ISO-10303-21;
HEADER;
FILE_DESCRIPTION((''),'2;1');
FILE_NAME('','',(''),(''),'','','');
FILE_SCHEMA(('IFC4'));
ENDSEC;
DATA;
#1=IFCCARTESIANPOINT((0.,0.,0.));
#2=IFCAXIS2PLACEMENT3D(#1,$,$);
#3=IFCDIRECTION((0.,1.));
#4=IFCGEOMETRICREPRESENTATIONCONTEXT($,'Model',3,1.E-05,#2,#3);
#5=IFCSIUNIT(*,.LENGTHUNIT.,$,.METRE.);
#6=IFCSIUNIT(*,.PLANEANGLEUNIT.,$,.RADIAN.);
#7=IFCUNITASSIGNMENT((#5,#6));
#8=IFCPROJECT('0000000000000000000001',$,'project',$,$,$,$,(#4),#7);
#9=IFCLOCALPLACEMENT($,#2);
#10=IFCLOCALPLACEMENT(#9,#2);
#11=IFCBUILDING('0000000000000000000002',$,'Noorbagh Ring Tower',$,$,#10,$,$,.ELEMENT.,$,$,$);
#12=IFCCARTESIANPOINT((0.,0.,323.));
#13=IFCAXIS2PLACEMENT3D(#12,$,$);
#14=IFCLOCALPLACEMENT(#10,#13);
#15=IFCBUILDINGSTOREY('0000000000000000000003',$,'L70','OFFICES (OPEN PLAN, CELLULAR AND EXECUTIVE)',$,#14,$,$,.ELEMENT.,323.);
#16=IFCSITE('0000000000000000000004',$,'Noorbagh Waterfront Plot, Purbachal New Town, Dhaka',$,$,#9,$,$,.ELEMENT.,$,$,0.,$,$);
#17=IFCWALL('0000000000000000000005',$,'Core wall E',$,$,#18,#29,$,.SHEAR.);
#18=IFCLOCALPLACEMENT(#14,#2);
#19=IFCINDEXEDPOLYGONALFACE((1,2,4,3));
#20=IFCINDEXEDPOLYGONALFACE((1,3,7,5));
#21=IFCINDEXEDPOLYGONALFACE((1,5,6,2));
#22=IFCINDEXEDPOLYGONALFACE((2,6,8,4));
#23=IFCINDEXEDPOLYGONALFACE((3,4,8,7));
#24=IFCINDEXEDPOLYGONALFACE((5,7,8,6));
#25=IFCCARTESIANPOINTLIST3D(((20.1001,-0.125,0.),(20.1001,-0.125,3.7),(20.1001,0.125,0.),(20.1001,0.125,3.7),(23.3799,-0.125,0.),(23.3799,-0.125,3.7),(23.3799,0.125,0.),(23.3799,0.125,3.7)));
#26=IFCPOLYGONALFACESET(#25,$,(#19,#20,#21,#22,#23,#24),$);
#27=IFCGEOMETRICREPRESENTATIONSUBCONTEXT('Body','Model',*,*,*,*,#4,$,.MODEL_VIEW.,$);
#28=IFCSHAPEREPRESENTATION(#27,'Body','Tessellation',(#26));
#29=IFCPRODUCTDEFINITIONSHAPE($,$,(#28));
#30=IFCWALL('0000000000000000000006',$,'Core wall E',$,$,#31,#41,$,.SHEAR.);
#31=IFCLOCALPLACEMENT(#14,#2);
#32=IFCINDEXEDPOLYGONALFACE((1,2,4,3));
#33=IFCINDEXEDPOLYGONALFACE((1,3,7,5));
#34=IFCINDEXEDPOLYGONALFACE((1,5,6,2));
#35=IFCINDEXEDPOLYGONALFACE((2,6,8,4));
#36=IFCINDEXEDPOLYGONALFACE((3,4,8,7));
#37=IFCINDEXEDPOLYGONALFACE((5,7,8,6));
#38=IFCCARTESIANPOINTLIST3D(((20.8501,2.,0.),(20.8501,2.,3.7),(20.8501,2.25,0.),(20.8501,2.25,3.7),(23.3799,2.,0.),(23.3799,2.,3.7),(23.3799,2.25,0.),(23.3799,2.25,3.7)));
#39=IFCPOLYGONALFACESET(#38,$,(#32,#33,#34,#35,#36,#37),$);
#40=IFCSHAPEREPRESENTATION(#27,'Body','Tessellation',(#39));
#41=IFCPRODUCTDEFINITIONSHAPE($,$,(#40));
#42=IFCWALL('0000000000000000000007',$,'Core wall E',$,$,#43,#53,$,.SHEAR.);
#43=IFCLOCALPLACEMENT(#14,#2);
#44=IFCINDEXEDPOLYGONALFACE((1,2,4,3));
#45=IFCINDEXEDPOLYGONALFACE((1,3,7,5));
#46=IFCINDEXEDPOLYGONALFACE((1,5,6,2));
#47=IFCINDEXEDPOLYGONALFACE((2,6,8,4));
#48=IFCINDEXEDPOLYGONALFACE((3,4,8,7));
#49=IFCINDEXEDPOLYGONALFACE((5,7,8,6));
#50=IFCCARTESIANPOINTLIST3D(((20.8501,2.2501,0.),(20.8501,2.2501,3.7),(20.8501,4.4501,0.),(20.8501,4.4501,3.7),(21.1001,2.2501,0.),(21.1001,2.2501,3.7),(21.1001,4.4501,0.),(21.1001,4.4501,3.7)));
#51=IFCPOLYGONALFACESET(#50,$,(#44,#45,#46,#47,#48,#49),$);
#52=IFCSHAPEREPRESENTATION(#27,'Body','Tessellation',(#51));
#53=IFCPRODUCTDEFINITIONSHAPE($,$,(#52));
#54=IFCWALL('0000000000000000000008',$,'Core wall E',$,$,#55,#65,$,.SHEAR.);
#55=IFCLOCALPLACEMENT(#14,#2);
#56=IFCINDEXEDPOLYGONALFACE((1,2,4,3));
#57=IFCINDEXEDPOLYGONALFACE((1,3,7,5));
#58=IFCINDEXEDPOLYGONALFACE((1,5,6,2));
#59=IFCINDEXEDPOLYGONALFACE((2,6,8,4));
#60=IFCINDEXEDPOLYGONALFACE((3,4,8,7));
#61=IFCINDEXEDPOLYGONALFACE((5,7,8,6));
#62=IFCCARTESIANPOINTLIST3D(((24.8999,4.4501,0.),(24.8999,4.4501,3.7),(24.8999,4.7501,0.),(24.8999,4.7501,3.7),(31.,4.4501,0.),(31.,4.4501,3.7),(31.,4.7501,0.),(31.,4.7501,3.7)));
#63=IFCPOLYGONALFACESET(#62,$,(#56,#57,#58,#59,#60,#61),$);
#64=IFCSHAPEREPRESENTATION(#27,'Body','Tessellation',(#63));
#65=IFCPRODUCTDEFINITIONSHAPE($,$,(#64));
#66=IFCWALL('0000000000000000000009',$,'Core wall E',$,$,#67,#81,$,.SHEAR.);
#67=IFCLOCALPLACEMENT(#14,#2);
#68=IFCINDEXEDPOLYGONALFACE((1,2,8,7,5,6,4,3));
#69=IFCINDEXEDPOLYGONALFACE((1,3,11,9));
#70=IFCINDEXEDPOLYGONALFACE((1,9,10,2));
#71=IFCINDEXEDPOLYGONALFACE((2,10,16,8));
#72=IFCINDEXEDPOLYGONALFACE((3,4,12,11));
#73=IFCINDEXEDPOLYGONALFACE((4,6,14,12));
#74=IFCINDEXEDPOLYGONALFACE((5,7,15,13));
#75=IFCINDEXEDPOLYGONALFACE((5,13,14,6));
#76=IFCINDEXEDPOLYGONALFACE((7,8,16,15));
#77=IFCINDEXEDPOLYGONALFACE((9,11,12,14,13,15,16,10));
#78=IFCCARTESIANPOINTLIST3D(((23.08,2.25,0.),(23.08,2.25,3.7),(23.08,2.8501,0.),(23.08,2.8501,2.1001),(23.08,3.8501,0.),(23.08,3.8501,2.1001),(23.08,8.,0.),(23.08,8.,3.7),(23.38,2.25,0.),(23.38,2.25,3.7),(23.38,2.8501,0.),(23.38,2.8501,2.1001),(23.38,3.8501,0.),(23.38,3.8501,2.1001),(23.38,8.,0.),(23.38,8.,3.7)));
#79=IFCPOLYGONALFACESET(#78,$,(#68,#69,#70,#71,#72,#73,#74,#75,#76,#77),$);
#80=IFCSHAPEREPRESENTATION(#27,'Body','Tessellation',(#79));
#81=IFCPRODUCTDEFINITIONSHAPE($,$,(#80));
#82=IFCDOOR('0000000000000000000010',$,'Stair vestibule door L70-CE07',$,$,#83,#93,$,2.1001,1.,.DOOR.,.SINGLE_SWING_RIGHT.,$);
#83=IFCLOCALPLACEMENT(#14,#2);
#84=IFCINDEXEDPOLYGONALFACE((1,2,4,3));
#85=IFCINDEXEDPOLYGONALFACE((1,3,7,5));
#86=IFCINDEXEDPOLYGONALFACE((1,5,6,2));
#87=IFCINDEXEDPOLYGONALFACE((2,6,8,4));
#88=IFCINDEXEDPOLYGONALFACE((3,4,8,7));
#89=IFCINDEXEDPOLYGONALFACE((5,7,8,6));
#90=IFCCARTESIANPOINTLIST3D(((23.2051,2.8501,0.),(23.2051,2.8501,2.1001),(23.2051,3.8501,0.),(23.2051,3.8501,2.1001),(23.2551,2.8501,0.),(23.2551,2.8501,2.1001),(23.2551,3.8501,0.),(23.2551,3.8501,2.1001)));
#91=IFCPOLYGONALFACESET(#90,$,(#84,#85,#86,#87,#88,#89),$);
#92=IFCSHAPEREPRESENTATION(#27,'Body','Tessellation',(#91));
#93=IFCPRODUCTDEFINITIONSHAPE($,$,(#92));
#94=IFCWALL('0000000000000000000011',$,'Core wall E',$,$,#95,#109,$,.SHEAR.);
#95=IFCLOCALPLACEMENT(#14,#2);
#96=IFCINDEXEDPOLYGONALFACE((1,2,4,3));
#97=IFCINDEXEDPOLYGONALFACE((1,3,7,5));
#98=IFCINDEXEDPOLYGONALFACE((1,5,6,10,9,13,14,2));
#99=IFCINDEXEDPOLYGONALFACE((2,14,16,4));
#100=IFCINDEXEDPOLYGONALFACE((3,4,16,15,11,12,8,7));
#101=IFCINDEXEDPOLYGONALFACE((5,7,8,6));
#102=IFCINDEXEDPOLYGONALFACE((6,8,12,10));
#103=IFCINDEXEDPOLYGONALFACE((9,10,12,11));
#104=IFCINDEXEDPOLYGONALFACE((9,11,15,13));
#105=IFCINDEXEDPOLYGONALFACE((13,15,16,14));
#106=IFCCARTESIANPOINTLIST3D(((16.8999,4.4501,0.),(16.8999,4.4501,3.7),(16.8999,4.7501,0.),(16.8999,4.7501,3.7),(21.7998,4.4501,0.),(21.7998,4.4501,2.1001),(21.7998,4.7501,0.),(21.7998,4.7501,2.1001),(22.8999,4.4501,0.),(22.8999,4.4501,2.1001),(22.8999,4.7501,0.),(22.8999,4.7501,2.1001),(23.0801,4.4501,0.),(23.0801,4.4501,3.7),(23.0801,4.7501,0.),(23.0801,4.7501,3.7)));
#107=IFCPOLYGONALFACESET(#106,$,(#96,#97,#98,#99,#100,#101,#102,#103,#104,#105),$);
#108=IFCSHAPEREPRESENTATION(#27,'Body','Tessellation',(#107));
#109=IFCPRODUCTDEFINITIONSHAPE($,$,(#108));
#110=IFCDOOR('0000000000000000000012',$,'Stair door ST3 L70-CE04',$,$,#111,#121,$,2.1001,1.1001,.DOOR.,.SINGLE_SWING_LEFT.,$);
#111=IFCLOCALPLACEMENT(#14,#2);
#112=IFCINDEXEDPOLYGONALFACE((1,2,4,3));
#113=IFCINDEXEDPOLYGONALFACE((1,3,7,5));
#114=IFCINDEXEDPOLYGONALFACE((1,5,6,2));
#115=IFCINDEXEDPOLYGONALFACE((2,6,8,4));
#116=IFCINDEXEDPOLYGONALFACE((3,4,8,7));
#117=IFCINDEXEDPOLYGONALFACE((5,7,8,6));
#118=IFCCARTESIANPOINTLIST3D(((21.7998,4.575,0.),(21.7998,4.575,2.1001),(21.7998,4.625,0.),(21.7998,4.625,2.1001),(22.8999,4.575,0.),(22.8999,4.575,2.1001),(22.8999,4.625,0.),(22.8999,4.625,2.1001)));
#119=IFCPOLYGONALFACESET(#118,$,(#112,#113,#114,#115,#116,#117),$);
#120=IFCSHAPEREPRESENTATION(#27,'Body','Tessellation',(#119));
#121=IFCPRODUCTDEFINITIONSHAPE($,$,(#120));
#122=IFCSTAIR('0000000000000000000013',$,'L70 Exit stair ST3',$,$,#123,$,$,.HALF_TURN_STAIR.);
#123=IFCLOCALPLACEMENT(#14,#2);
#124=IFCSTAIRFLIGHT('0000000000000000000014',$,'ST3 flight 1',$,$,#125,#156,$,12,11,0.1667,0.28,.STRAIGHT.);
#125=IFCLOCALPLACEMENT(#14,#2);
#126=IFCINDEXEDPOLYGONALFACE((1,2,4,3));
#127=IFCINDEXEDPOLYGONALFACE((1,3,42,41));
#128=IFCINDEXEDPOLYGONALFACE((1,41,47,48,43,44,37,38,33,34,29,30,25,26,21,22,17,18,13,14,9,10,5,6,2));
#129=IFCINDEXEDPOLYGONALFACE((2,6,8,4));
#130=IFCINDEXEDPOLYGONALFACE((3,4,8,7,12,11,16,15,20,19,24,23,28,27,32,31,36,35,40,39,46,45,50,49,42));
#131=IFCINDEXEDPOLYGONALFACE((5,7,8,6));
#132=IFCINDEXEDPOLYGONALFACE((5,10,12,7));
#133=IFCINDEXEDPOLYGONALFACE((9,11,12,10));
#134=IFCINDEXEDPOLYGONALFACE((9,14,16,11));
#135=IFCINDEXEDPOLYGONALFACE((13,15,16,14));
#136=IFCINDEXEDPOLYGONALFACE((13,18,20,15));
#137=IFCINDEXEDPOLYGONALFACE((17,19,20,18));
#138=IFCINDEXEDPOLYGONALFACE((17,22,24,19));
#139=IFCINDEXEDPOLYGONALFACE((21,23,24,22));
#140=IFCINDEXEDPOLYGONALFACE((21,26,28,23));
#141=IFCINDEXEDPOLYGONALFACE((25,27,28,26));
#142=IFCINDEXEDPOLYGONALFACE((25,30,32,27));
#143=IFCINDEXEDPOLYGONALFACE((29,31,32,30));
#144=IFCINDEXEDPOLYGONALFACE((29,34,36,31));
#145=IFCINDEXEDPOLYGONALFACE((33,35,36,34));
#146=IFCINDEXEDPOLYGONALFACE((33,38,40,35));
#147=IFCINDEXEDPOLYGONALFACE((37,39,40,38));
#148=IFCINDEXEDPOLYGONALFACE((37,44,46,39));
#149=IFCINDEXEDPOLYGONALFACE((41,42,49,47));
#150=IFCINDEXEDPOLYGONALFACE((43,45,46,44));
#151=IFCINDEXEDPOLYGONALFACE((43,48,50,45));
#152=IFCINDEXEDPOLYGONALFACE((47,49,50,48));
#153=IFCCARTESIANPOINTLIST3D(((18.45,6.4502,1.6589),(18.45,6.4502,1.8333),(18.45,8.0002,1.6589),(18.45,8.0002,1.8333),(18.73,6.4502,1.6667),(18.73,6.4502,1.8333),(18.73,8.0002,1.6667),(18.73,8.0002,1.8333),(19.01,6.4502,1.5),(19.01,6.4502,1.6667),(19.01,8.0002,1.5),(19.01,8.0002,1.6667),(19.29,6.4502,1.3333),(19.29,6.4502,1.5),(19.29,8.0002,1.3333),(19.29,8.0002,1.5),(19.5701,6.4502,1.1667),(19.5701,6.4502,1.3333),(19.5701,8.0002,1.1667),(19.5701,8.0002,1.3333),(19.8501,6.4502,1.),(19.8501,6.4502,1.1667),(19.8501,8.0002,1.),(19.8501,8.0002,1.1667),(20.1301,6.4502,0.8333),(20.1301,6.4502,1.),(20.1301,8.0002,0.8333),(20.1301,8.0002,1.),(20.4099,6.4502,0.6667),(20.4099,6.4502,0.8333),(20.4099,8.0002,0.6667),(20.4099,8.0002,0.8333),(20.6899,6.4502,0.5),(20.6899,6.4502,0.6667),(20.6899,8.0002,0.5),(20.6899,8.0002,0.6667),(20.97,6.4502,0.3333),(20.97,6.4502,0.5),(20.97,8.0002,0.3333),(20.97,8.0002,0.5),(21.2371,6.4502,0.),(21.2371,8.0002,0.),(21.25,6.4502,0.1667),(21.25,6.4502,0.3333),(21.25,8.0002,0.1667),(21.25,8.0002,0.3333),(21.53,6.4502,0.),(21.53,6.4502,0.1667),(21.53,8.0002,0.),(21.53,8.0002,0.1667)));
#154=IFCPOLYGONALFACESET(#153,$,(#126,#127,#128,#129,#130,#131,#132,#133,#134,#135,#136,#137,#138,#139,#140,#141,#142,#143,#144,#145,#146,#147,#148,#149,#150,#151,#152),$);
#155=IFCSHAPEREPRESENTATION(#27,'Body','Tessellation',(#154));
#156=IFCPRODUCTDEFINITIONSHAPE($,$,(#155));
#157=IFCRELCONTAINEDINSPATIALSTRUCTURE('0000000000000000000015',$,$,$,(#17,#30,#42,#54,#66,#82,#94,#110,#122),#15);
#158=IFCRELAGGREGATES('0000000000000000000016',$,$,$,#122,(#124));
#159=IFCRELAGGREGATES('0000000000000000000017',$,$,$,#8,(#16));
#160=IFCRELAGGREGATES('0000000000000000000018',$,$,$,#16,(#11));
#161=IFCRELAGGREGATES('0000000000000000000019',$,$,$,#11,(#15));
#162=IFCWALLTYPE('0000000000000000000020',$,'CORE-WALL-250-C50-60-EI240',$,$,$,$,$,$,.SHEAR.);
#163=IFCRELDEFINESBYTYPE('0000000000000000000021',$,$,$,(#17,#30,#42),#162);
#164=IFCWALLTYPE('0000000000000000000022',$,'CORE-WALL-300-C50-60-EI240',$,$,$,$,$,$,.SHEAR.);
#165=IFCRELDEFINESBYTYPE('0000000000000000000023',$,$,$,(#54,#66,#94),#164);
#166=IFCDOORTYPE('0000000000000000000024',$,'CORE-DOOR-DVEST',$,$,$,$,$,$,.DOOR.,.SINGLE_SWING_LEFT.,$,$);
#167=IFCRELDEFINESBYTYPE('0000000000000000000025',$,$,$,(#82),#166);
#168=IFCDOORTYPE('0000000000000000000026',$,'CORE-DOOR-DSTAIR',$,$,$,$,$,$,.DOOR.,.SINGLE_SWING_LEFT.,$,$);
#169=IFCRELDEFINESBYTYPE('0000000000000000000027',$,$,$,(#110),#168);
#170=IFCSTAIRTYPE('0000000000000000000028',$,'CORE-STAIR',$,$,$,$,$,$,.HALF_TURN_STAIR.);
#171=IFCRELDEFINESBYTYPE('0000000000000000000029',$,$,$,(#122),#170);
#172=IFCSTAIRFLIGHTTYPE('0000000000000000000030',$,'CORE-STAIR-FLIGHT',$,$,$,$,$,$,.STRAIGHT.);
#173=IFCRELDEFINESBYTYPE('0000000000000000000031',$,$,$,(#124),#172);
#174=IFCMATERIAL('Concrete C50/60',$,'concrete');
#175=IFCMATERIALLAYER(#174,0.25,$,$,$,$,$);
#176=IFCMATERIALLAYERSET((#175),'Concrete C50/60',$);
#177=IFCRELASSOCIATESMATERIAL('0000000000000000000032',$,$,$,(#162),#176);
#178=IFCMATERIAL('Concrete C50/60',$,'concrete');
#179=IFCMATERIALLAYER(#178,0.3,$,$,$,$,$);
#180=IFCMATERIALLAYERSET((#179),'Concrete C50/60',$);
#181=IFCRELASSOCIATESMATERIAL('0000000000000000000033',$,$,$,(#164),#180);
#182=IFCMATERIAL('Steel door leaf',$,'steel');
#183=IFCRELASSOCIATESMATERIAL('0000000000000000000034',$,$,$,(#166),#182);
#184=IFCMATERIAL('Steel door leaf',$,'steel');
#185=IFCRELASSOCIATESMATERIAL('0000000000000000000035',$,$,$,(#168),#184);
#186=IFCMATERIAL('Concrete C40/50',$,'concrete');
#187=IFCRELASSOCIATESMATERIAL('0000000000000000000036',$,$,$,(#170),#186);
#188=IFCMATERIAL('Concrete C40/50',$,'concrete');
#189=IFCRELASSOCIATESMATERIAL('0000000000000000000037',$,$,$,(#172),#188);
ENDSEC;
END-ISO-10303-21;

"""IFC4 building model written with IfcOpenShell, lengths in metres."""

from ifc_helpers import new_model, si_unit, direction, frame, frame_2d, origin, place, context, subcontext, project, spatial, polyline, rectangle, outline, extrude, material, layer, layer_set, type_object, element, fill, aggregate, save


model = new_model("IFC4")

# Units and contexts
model_context = context("Model", 3, precision=1e-05, world=origin(), true_north=direction((0.0, 1.0)))
body_context = subcontext(model_context, "Body", "Model", "MODEL_VIEW")
ifc_project = project(units=[si_unit("LENGTHUNIT", "METRE"), si_unit("PLANEANGLEUNIT", "RADIAN")], contexts=[model_context])

# Site, building, storey
site_placement = place(None, origin())
site = spatial("IfcSite", under=ifc_project, at=site_placement, Name="Noorbagh Waterfront Plot, Purbachal New Town, Dhaka", CompositionType="ELEMENT", RefElevation=0.0)
building_placement = place(site_placement, origin())
building = spatial("IfcBuilding", under=site, at=building_placement, Name="Noorbagh Ring Tower", CompositionType="ELEMENT")
storey_placement = place(building_placement, frame((0.0, 0.0, 323.0)))
storey = spatial("IfcBuildingStorey", under=building, at=storey_placement, Name="L70", Description="OFFICES (OPEN PLAN, CELLULAR AND EXECUTIVE)", CompositionType="ELEMENT", Elevation=323.0)

# Walls
ifc_material_1 = material(Name="Concrete C50/60", Category="concrete")
ifc_layer_1 = layer(ifc_material_1, 0.25)
ifc_layer_set_1 = layer_set([ifc_layer_1], Name="Concrete C50/60")
wall_type_1 = type_object("IfcWallType", Name="CORE-WALL-250-C50-60-EI240", PredefinedType="SHEAR", material=ifc_layer_set_1)
wall_1_placement = place(storey_placement, frame((20.1001, 0.0, 0.0), z_axis=(0.0, 0.0, 1.0), x_axis=(1.0, 0.0, 0.0)))
element("IfcWall", 1, at=wall_1_placement, inside=storey, type_object=wall_type_1, Name="Core wall E", PredefinedType="SHEAR", context=body_context, shape_type="SweptSolid", body=[
    extrude(rectangle(XDim=3.2798, YDim=0.25, at=frame_2d((1.6399, 0.0))), origin(), (0.0, 0.0, 1.0), 3.7),
])
wall_2_placement = place(storey_placement, frame((20.8501, 2.125, 0.0), z_axis=(0.0, 0.0, 1.0), x_axis=(1.0, 0.0, 0.0)))
element("IfcWall", 2, at=wall_2_placement, inside=storey, type_object=wall_type_1, Name="Core wall E", PredefinedType="SHEAR", context=body_context, shape_type="SweptSolid", body=[
    extrude(rectangle(XDim=2.5298, YDim=0.25, at=frame_2d((1.2649, 0.0))), origin(), (0.0, 0.0, 1.0), 3.7),
])
wall_3_placement = place(storey_placement, frame((20.9751, 2.25, 0.0), z_axis=(0.0, 0.0, 1.0), x_axis=(0.0, 1.0, 0.0)))
element("IfcWall", 3, at=wall_3_placement, inside=storey, type_object=wall_type_1, Name="Core wall E", PredefinedType="SHEAR", context=body_context, shape_type="SweptSolid", body=[
    extrude(rectangle(XDim=2.2, YDim=0.25, at=frame_2d((1.1001, 0.0))), origin(), (0.0, 0.0, 1.0), 3.7),
])
ifc_material_2 = material(Name="Concrete C50/60", Category="concrete")
ifc_layer_2 = layer(ifc_material_2, 0.3)
ifc_layer_set_2 = layer_set([ifc_layer_2], Name="Concrete C50/60")
wall_type_2 = type_object("IfcWallType", Name="CORE-WALL-300-C50-60-EI240", PredefinedType="SHEAR", material=ifc_layer_set_2)
wall_4_placement = place(storey_placement, frame((24.8999, 4.6001, 0.0), z_axis=(0.0, 0.0, 1.0), x_axis=(1.0, 0.0, 0.0)))
element("IfcWall", 4, at=wall_4_placement, inside=storey, type_object=wall_type_2, Name="Core wall E", PredefinedType="SHEAR", context=body_context, shape_type="SweptSolid", body=[
    extrude(rectangle(XDim=6.1001, YDim=0.3, at=frame_2d((3.05, 0.0))), origin(), (0.0, 0.0, 1.0), 3.7),
])

# Walls, openings, doors
wall_5_placement = place(storey_placement, frame((23.23, 2.25, 0.0), z_axis=(0.0, 0.0, 1.0), x_axis=(0.0, 1.0, 0.0)))
wall_5 = element("IfcWall", 5, at=wall_5_placement, inside=storey, type_object=wall_type_2, Name="Core wall E", PredefinedType="SHEAR", context=body_context, shape_type="SweptSolid", body=[
    extrude(rectangle(XDim=5.75, YDim=0.3, at=frame_2d((2.875, 0.0))), origin(), (0.0, 0.0, 1.0), 3.7),
])
opening_1_placement = place(wall_5_placement, frame((0.6001, 0.0, 0.0)))
opening_1 = element("IfcOpeningElement", 6, at=opening_1_placement, cuts=wall_5, PredefinedType="OPENING", context=body_context, shape_type="SweptSolid", body=[
    extrude(rectangle(XDim=1.0, YDim=2.1001, at=frame_2d((0.5, 1.05))), frame((0.0, 0.1602, 0.0), z_axis=(0.0, -1.0, 0.0), x_axis=(1.0, 0.0, 0.0)), (0.0, 0.0, 1.0), 0.3201),
])
ifc_material_3 = material(Name="Steel door leaf", Category="steel")
door_type_1 = type_object("IfcDoorType", Name="CORE-DOOR-DVEST", OperationType="SINGLE_SWING_LEFT", PredefinedType="DOOR", material=ifc_material_3)
door_1_placement = place(opening_1_placement, origin())
door_1 = element("IfcDoor", 7, at=door_1_placement, inside=storey, type_object=door_type_1, Name="Stair vestibule door L70-CE07", OperationType="SINGLE_SWING_RIGHT", OverallHeight=2.1001, OverallWidth=1.0, PredefinedType="DOOR", context=body_context, shape_type="SweptSolid", body=[
    extrude(rectangle(XDim=1.0, YDim=2.1001, at=frame_2d((0.5, 1.05))), frame((0.0, 0.0249, 0.0), z_axis=(0.0, -1.0, 0.0), x_axis=(1.0, 0.0, 0.0)), (0.0, 0.0, 1.0), 0.05),
])
fill(opening_1, door_1)
wall_6_placement = place(storey_placement, frame((16.8999, 4.6001, 0.0), z_axis=(0.0, 0.0, 1.0), x_axis=(1.0, 0.0, 0.0)))
wall_6 = element("IfcWall", 8, at=wall_6_placement, inside=storey, type_object=wall_type_2, Name="Core wall E", PredefinedType="SHEAR", context=body_context, shape_type="SweptSolid", body=[
    extrude(rectangle(XDim=6.1802, YDim=0.3, at=frame_2d((3.0901, 0.0))), origin(), (0.0, 0.0, 1.0), 3.7),
])
opening_2_placement = place(wall_6_placement, frame((4.8999, 0.0, 0.0)))
opening_2 = element("IfcOpeningElement", 9, at=opening_2_placement, cuts=wall_6, PredefinedType="OPENING", context=body_context, shape_type="SweptSolid", body=[
    extrude(rectangle(XDim=1.1001, YDim=2.1001, at=frame_2d((0.55, 1.05))), frame((0.0, 0.1602, 0.0), z_axis=(0.0, -1.0, 0.0), x_axis=(1.0, 0.0, 0.0)), (0.0, 0.0, 1.0), 0.3201),
])
ifc_material_4 = material(Name="Steel door leaf", Category="steel")
door_type_2 = type_object("IfcDoorType", Name="CORE-DOOR-DSTAIR", OperationType="SINGLE_SWING_LEFT", PredefinedType="DOOR", material=ifc_material_4)
door_2_placement = place(opening_2_placement, origin())
door_2 = element("IfcDoor", 10, at=door_2_placement, inside=storey, type_object=door_type_2, Name="Stair door ST3 L70-CE04", OperationType="SINGLE_SWING_LEFT", OverallHeight=2.1001, OverallWidth=1.1001, PredefinedType="DOOR", context=body_context, shape_type="SweptSolid", body=[
    extrude(rectangle(XDim=1.1001, YDim=2.1001, at=frame_2d((0.55, 1.05))), frame((0.0, 0.0249, 0.0), z_axis=(0.0, -1.0, 0.0), x_axis=(1.0, 0.0, 0.0)), (0.0, 0.0, 1.0), 0.05),
])
fill(opening_2, door_2)

# Stair, stair flight
ifc_material_5 = material(Name="Concrete C40/50", Category="concrete")
stair_type = type_object("IfcStairType", Name="CORE-STAIR", PredefinedType="HALF_TURN_STAIR", material=ifc_material_5)
stair_placement = place(storey_placement, origin())
stair = element("IfcStair", 11, at=stair_placement, inside=storey, type_object=stair_type, Name="L70 Exit stair ST3", PredefinedType="HALF_TURN_STAIR")
ifc_material_6 = material(Name="Concrete C40/50", Category="concrete")
stair_flight_type = type_object("IfcStairFlightType", Name="CORE-STAIR-FLIGHT", PredefinedType="STRAIGHT", material=ifc_material_6)
stair_flight_1_placement = place(storey_placement, frame((21.53, 7.2251, 0.0), z_axis=(0.0, 0.0, 1.0), x_axis=(-1.0, 0.0, 0.0)))
stair_flight_1 = element("IfcStairFlight", 12, at=stair_flight_1_placement, type_object=stair_flight_type, Name="ST3 flight 1", NumberOfRisers=12, NumberOfTreads=11, PredefinedType="STRAIGHT", RiserHeight=0.1667, TreadLength=0.28, context=body_context, shape_type="SweptSolid", body=[
    extrude(outline(polyline([(0.0, 0.0), (0.0, 0.1667), (0.28, 0.1667), (0.28, 0.3333), (0.5601, 0.3333), (0.5601, 0.5), (0.8401, 0.5), (0.8401, 0.6667), (1.1201, 0.6667), (1.1201, 0.8333), (1.3999, 0.8333), (1.3999, 1.0), (1.6799, 1.0), (1.6799, 1.1667), (1.96, 1.1667), (1.96, 1.3333), (2.24, 1.3333), (2.24, 1.5), (2.52, 1.5), (2.52, 1.6667), (2.8, 1.6667), (2.8, 1.8333), (3.0801, 1.8333), (3.0801, 2.0), (3.0801, 1.6589), (0.293, 0.0), (0.0, 0.0)])), frame((0.0, 0.7749, 0.0), z_axis=(0.0, -1.0, 0.0), x_axis=(1.0, 0.0, 0.0)), (0.0, 0.0, 1.0), 1.55),
])
aggregate(stair, [stair_flight_1])

save(model, "model.ifc")
